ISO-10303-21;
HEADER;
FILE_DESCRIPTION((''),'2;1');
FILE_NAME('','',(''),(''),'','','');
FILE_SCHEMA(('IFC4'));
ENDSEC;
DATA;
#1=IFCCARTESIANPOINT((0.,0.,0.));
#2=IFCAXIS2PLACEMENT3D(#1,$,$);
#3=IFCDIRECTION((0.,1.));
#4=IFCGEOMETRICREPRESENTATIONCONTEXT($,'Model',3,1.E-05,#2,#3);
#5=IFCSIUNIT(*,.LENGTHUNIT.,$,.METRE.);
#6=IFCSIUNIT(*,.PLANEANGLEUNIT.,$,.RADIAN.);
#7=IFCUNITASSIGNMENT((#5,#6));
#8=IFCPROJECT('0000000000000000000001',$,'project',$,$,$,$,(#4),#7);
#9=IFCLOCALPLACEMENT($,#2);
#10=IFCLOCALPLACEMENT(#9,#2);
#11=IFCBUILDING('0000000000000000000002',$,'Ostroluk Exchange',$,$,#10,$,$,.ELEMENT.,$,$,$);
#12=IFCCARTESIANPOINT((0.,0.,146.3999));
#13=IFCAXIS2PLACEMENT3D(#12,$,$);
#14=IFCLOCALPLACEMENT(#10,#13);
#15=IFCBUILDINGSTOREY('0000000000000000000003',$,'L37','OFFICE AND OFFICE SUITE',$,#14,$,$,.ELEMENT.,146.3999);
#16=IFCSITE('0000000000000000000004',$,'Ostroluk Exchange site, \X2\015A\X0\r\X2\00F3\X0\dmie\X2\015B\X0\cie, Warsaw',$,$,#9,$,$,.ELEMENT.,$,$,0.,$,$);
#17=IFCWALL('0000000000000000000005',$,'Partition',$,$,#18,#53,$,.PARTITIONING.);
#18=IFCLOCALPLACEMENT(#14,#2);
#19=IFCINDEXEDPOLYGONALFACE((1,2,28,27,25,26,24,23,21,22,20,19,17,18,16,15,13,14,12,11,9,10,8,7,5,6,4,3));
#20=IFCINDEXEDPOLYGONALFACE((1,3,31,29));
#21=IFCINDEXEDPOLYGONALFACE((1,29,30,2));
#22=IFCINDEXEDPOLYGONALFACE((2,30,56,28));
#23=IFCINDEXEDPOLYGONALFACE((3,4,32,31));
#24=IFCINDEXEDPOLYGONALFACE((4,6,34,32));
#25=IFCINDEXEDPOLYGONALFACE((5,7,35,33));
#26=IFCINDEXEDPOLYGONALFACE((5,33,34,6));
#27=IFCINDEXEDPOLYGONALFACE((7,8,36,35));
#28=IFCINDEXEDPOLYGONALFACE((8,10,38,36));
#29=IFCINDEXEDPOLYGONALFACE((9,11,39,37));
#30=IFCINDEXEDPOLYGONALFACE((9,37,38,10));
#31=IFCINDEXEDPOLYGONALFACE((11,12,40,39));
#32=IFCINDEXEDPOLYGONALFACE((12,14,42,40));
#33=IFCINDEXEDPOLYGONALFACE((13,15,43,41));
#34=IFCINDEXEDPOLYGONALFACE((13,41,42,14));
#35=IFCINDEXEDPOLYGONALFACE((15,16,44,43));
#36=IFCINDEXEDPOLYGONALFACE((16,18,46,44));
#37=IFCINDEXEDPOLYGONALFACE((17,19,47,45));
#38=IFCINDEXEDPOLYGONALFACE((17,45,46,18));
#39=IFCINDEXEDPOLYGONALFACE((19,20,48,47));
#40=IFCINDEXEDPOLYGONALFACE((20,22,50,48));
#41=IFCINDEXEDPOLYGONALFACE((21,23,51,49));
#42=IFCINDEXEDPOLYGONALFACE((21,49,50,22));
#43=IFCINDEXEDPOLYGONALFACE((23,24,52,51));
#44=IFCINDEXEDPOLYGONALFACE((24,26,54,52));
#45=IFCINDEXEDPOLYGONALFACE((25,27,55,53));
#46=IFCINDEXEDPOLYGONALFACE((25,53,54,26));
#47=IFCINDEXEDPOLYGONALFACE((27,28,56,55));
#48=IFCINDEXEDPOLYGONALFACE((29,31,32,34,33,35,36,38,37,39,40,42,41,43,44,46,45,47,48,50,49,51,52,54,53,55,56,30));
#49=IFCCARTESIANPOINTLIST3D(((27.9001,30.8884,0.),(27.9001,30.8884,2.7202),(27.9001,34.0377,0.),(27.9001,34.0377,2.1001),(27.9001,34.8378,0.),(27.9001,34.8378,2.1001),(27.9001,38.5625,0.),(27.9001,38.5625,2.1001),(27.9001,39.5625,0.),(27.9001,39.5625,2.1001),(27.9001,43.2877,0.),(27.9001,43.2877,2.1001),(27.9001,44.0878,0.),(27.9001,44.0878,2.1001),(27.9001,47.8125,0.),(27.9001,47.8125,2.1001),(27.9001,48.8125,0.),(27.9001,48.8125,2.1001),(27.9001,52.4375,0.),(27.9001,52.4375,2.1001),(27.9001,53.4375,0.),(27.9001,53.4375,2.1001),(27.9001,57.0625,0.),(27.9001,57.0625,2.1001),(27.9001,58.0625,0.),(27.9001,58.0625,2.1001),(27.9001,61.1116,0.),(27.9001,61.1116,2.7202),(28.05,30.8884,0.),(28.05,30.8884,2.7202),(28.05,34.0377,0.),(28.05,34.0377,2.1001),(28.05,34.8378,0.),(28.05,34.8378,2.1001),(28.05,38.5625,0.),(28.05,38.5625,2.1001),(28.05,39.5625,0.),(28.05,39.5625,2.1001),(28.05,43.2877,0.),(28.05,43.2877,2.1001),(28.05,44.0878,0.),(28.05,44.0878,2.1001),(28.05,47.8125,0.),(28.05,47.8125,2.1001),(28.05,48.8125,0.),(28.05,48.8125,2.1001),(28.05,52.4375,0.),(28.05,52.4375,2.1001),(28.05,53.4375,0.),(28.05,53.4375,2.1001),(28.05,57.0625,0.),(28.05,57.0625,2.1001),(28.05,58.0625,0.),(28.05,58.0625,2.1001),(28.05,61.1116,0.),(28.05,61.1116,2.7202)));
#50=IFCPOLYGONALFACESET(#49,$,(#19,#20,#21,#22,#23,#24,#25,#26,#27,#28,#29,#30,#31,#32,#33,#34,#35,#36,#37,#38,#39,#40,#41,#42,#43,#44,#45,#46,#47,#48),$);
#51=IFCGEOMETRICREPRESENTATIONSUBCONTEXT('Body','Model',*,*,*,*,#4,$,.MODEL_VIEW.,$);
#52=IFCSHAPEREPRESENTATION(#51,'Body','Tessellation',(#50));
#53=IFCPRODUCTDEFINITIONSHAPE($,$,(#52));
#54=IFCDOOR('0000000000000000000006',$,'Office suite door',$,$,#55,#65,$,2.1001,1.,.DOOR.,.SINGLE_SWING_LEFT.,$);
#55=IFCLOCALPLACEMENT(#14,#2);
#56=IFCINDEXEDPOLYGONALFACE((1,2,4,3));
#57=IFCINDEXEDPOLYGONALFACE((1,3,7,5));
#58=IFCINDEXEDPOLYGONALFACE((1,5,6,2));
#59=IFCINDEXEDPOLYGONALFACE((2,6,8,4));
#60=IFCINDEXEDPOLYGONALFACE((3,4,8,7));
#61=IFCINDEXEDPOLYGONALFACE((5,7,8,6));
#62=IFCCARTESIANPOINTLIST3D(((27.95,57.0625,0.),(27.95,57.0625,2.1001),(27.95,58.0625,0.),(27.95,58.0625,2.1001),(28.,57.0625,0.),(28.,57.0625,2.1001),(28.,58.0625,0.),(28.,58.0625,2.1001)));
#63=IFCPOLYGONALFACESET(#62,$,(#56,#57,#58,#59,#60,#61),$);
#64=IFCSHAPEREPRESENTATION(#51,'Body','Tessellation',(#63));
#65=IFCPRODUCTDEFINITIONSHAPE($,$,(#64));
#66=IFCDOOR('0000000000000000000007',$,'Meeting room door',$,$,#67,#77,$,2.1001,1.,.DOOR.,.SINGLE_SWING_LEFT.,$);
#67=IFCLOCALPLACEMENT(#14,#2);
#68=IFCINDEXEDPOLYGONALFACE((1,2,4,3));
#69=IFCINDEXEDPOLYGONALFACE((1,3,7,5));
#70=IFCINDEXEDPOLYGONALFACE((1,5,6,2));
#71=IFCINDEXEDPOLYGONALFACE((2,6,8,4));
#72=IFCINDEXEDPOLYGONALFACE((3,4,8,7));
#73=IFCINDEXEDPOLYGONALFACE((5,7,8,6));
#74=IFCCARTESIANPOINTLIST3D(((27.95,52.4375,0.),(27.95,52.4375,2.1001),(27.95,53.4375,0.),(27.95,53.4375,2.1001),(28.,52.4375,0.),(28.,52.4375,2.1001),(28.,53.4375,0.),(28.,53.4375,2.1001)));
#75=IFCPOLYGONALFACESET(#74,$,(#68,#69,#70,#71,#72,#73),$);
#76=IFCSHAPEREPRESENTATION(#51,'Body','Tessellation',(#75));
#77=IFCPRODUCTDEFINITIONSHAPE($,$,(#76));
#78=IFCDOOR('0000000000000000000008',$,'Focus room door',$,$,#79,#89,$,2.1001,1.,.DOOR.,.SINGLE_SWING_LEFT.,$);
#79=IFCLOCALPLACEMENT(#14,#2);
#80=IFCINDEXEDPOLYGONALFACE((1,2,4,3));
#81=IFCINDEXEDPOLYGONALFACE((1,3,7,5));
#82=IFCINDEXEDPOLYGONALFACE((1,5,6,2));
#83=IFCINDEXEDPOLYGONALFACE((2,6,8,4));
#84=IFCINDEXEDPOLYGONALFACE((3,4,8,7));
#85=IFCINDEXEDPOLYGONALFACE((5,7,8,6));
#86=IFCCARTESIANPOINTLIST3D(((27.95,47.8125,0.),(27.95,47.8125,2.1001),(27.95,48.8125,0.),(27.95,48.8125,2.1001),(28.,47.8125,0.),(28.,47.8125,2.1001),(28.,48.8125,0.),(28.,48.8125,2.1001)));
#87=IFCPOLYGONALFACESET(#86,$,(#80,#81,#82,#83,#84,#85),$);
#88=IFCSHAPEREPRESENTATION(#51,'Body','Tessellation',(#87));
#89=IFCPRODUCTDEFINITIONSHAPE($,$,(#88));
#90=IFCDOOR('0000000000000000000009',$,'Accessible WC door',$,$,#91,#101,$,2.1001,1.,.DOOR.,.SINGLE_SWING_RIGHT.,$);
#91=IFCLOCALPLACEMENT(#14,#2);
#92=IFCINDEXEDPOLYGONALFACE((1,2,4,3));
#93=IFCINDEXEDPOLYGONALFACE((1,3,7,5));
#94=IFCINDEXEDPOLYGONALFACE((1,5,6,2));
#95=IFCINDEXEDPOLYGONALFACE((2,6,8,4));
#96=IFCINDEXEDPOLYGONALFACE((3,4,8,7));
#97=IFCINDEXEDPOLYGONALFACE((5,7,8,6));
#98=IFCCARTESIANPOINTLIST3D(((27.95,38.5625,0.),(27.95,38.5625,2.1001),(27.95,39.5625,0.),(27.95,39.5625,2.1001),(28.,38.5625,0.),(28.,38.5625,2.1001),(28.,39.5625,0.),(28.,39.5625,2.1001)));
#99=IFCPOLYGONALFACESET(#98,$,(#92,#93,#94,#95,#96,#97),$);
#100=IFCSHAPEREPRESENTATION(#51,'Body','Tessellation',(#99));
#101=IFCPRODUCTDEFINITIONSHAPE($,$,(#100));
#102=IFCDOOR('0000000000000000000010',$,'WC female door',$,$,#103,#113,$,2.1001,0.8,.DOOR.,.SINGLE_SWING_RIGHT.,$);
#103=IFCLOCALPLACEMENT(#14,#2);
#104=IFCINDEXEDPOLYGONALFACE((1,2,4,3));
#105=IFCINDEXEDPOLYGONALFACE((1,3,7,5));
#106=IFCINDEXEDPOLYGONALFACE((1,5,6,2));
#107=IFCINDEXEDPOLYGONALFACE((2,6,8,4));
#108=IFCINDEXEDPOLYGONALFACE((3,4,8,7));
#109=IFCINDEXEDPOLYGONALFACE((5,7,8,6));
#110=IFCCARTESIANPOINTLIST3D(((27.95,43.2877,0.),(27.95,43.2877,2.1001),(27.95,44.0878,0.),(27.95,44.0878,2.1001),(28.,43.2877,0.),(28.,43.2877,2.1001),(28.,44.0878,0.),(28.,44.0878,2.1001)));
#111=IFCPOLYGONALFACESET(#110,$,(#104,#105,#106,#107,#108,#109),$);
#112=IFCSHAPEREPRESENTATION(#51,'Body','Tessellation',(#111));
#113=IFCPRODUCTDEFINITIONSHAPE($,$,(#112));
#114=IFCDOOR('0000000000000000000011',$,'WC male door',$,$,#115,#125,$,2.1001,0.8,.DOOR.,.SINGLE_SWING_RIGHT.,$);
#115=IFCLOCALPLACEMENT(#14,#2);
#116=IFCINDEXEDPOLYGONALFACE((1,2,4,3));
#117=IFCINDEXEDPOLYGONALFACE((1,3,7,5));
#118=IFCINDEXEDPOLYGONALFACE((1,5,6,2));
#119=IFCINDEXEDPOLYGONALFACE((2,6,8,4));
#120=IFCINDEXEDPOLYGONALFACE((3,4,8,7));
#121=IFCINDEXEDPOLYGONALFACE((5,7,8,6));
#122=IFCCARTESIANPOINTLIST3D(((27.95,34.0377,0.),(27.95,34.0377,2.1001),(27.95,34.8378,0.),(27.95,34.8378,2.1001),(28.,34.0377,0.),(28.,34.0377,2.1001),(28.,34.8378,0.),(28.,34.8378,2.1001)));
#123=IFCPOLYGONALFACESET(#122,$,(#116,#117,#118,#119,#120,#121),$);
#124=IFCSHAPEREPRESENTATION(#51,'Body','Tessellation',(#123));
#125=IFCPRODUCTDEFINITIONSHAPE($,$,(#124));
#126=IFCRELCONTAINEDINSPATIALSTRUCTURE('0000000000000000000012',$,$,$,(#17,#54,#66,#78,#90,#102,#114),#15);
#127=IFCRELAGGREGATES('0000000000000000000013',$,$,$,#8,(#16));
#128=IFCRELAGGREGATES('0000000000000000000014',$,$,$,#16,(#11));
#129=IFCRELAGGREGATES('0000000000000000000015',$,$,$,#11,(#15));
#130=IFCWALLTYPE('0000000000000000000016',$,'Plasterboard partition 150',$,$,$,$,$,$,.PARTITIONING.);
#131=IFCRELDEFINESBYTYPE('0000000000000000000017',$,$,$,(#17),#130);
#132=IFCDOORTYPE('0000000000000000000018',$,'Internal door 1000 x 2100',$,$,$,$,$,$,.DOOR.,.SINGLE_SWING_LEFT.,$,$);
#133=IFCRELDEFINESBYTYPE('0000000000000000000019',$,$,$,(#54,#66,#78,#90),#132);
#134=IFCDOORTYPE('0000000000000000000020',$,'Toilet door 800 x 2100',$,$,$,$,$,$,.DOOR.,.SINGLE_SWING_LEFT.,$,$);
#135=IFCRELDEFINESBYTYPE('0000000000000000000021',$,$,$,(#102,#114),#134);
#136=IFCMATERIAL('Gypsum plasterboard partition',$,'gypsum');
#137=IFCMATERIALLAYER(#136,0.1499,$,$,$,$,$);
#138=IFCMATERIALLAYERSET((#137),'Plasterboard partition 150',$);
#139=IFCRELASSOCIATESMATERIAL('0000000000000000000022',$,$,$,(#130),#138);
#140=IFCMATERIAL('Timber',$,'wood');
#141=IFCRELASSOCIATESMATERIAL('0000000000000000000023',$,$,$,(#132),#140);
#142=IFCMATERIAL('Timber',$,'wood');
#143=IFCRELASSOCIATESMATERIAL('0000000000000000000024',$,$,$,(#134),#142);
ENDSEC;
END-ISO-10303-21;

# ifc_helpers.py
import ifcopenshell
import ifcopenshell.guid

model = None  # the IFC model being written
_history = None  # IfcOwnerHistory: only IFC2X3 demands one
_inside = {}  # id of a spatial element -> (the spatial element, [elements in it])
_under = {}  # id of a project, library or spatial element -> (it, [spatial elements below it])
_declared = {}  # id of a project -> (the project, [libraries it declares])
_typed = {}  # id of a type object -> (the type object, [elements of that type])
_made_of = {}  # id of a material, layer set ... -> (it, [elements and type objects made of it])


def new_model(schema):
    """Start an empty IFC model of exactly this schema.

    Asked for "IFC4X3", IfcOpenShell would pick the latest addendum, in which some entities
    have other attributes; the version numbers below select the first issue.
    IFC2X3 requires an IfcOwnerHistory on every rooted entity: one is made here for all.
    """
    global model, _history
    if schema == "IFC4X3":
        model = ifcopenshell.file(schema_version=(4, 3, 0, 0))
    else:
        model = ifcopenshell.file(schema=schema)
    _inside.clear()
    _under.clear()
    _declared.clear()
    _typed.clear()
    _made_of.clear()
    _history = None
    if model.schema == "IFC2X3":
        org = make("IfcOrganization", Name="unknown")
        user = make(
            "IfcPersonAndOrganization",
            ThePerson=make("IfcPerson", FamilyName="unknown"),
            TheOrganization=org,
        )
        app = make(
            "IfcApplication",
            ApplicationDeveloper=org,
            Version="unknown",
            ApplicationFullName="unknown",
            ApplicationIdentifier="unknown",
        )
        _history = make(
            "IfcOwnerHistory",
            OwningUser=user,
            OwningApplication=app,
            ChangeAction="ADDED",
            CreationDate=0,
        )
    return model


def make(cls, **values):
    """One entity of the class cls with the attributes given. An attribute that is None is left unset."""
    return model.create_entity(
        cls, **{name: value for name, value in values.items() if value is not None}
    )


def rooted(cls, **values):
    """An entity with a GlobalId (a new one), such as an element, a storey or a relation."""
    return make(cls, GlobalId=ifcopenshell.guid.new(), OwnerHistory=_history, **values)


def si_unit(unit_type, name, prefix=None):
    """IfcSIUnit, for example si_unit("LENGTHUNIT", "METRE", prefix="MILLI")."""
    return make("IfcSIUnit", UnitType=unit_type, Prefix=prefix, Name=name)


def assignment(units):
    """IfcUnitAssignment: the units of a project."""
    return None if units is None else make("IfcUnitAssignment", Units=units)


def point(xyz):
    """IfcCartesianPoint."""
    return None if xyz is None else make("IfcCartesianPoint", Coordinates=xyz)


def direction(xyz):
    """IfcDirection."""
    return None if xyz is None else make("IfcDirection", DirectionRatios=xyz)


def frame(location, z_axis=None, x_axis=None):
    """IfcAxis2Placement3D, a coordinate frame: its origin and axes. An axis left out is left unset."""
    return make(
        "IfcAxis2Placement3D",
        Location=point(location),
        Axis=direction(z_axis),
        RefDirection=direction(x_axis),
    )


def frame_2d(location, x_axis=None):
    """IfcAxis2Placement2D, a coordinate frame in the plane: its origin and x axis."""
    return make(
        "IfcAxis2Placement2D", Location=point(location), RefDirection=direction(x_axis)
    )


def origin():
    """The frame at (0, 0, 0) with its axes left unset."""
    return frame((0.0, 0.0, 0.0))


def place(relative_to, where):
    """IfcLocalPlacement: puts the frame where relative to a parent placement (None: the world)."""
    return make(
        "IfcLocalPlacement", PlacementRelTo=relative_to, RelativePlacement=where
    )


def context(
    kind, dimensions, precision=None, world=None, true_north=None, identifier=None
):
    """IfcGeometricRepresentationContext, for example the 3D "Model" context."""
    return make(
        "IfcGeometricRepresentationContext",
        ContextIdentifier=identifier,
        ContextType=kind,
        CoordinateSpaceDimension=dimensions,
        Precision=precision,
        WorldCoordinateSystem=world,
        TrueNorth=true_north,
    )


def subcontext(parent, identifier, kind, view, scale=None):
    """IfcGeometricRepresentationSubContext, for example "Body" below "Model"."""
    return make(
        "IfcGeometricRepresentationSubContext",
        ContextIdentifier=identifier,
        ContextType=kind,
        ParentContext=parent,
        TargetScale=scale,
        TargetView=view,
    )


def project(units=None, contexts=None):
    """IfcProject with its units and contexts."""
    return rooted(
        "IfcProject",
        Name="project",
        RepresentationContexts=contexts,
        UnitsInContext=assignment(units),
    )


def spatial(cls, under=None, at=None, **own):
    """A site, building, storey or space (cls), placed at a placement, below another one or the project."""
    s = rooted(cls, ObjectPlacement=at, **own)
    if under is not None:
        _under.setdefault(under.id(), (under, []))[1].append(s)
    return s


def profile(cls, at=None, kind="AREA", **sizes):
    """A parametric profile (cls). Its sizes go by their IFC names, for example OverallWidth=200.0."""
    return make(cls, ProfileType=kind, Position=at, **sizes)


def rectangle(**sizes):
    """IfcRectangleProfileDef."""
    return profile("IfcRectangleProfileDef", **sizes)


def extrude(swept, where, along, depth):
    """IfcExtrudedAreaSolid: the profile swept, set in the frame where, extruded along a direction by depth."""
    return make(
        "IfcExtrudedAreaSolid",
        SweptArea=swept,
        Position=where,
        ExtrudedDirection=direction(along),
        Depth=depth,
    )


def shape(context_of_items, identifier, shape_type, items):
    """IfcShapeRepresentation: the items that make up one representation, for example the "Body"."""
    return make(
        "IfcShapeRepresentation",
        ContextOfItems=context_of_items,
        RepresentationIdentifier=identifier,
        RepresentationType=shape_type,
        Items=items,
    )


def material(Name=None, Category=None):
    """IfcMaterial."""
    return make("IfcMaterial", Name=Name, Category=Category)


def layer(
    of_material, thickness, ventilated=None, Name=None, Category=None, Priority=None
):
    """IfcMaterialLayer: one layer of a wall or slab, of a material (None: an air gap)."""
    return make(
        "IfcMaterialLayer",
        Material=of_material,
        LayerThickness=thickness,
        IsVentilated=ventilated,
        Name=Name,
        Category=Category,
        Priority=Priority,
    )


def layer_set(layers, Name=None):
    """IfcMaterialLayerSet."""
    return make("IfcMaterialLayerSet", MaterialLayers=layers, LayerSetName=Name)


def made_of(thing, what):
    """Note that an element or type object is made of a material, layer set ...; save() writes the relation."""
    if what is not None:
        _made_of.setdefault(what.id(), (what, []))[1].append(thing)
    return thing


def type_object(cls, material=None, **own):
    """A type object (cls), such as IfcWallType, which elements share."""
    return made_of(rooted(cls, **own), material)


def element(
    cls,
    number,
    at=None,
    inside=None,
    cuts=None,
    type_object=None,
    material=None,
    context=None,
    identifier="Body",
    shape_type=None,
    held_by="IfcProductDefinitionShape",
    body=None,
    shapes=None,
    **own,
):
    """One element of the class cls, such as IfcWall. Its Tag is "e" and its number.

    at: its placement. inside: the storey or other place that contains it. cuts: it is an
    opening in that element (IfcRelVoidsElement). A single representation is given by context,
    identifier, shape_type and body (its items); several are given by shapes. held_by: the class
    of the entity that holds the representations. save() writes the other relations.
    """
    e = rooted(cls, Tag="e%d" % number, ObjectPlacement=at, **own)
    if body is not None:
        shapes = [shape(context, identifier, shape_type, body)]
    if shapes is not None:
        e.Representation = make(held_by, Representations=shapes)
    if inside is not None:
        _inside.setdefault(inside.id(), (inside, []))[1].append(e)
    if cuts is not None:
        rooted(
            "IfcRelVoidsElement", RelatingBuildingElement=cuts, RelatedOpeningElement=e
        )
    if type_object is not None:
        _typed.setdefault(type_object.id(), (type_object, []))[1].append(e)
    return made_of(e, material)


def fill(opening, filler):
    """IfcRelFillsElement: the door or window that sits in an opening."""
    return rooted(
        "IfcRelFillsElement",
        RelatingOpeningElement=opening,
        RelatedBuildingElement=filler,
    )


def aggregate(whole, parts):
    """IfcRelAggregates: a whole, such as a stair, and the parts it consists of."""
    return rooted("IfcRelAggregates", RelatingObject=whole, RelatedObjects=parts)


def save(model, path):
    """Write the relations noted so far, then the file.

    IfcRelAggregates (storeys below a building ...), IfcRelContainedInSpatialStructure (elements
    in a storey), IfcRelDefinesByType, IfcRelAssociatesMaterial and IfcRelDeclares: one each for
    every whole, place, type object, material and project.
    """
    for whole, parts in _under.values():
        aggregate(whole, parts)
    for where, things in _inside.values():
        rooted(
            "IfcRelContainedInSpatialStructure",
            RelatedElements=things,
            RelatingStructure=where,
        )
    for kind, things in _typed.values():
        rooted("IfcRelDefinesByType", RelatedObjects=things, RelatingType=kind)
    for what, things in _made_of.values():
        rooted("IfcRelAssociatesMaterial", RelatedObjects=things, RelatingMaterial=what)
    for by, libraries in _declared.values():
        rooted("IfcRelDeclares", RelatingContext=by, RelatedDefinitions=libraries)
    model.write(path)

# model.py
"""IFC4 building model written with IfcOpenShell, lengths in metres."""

from ifc_helpers import new_model, si_unit, direction, frame, frame_2d, origin, place, context, subcontext, project, spatial, rectangle, extrude, material, layer, layer_set, type_object, element, fill, save


model = new_model("IFC4")

# Units and contexts
model_context = context("Model", 3, precision=1e-05, world=origin(), true_north=direction((0.0, 1.0)))
body_context = subcontext(model_context, "Body", "Model", "MODEL_VIEW")
ifc_project = project(units=[si_unit("LENGTHUNIT", "METRE"), si_unit("PLANEANGLEUNIT", "RADIAN")], contexts=[model_context])

# Site, building, storey
site_placement = place(None, origin())
site = spatial("IfcSite", under=ifc_project, at=site_placement, Name="Ostroluk Exchange site, Śródmieście, Warsaw", CompositionType="ELEMENT", RefElevation=0.0)
building_placement = place(site_placement, origin())
building = spatial("IfcBuilding", under=site, at=building_placement, Name="Ostroluk Exchange", CompositionType="ELEMENT")
storey_placement = place(building_placement, frame((0.0, 0.0, 146.3999)))
storey = spatial("IfcBuildingStorey", under=building, at=storey_placement, Name="L37", Description="OFFICE AND OFFICE SUITE", CompositionType="ELEMENT", Elevation=146.3999)

# Shared definitions
ifc_material_1 = material(Name="Gypsum plasterboard partition", Category="gypsum")
ifc_layer_1 = layer(ifc_material_1, 0.1499)
ifc_layer_set_1 = layer_set([ifc_layer_1], Name="Plasterboard partition 150")
wall_type_1 = type_object("IfcWallType", Name="Plasterboard partition 150", PredefinedType="PARTITIONING", material=ifc_layer_set_1)

# Wall, openings, doors
wall_1_placement = place(storey_placement, frame((27.9751, 61.1116, 0.0), z_axis=(0.0, 0.0, 1.0), x_axis=(0.0, -1.0, 0.0)))
wall_1 = element("IfcWall", 1, at=wall_1_placement, inside=storey, type_object=wall_type_1, Name="Partition", PredefinedType="PARTITIONING", context=body_context, shape_type="SweptSolid", body=[
    extrude(rectangle(XDim=30.2231, YDim=0.1499, at=frame_2d((15.1116, 0.0))), origin(), (0.0, 0.0, 1.0), 2.7202),
])
opening_1_placement = place(wall_1_placement, frame((3.0491, 0.0, 0.0)))
opening_1 = element("IfcOpeningElement", 2, at=opening_1_placement, cuts=wall_1, PredefinedType="OPENING", context=body_context, shape_type="SweptSolid", body=[
    extrude(rectangle(XDim=1.0, YDim=2.1001, at=frame_2d((0.5, 1.05))), frame((0.0, 0.085, 0.0), z_axis=(0.0, -1.0, 0.0), x_axis=(1.0, 0.0, 0.0)), (0.0, 0.0, 1.0), 0.1699),
])
opening_2_placement = place(wall_1_placement, frame((7.6741, 0.0, 0.0)))
opening_2 = element("IfcOpeningElement", 3, at=opening_2_placement, cuts=wall_1, PredefinedType="OPENING", context=body_context, shape_type="SweptSolid", body=[
    extrude(rectangle(XDim=1.0, YDim=2.1001, at=frame_2d((0.5, 1.05))), frame((0.0, 0.085, 0.0), z_axis=(0.0, -1.0, 0.0), x_axis=(1.0, 0.0, 0.0)), (0.0, 0.0, 1.0), 0.1699),
])
opening_3_placement = place(wall_1_placement, frame((12.2991, 0.0, 0.0)))
opening_3 = element("IfcOpeningElement", 4, at=opening_3_placement, cuts=wall_1, PredefinedType="OPENING", context=body_context, shape_type="SweptSolid", body=[
    extrude(rectangle(XDim=1.0, YDim=2.1001, at=frame_2d((0.5, 1.05))), frame((0.0, 0.085, 0.0), z_axis=(0.0, -1.0, 0.0), x_axis=(1.0, 0.0, 0.0)), (0.0, 0.0, 1.0), 0.1699),
])
opening_4_placement = place(wall_1_placement, frame((17.0239, 0.0, 0.0)))
opening_4 = element("IfcOpeningElement", 5, at=opening_4_placement, cuts=wall_1, PredefinedType="OPENING", context=body_context, shape_type="SweptSolid", body=[
    extrude(rectangle(XDim=0.8, YDim=2.1001, at=frame_2d((0.3999, 1.05))), frame((0.0, 0.085, 0.0), z_axis=(0.0, -1.0, 0.0), x_axis=(1.0, 0.0, 0.0)), (0.0, 0.0, 1.0), 0.1699),
])
opening_5_placement = place(wall_1_placement, frame((21.5491, 0.0, 0.0)))
opening_5 = element("IfcOpeningElement", 6, at=opening_5_placement, cuts=wall_1, PredefinedType="OPENING", context=body_context, shape_type="SweptSolid", body=[
    extrude(rectangle(XDim=1.0, YDim=2.1001, at=frame_2d((0.5, 1.05))), frame((0.0, 0.085, 0.0), z_axis=(0.0, -1.0, 0.0), x_axis=(1.0, 0.0, 0.0)), (0.0, 0.0, 1.0), 0.1699),
])
opening_6_placement = place(wall_1_placement, frame((26.2739, 0.0, 0.0)))
opening_6 = element("IfcOpeningElement", 7, at=opening_6_placement, cuts=wall_1, PredefinedType="OPENING", context=body_context, shape_type="SweptSolid", body=[
    extrude(rectangle(XDim=0.8, YDim=2.1001, at=frame_2d((0.3999, 1.05))), frame((0.0, 0.085, 0.0), z_axis=(0.0, -1.0, 0.0), x_axis=(1.0, 0.0, 0.0)), (0.0, 0.0, 1.0), 0.1699),
])
ifc_material_2 = material(Name="Timber", Category="wood")
door_type_1 = type_object("IfcDoorType", Name="Internal door 1000 x 2100", OperationType="SINGLE_SWING_LEFT", PredefinedType="DOOR", material=ifc_material_2)
door_1_placement = place(opening_1_placement, origin())
door_1 = element("IfcDoor", 8, at=door_1_placement, inside=storey, type_object=door_type_1, Name="Office suite door", OperationType="SINGLE_SWING_LEFT", OverallHeight=2.1001, OverallWidth=1.0, PredefinedType="DOOR", context=body_context, shape_type="SweptSolid", body=[
    extrude(rectangle(XDim=1.0, YDim=2.1001, at=frame_2d((0.5, 1.05))), frame((0.0, 0.0249, 0.0), z_axis=(0.0, -1.0, 0.0), x_axis=(1.0, 0.0, 0.0)), (0.0, 0.0, 1.0), 0.05),
])
fill(opening_1, door_1)
door_2_placement = place(opening_2_placement, origin())
door_2 = element("IfcDoor", 9, at=door_2_placement, inside=storey, type_object=door_type_1, Name="Meeting room door", OperationType="SINGLE_SWING_LEFT", OverallHeight=2.1001, OverallWidth=1.0, PredefinedType="DOOR", context=body_context, shape_type="SweptSolid", body=[
    extrude(rectangle(XDim=1.0, YDim=2.1001, at=frame_2d((0.5, 1.05))), frame((0.0, 0.0249, 0.0), z_axis=(0.0, -1.0, 0.0), x_axis=(1.0, 0.0, 0.0)), (0.0, 0.0, 1.0), 0.05),
])
fill(opening_2, door_2)
door_3_placement = place(opening_3_placement, origin())
door_3 = element("IfcDoor", 10, at=door_3_placement, inside=storey, type_object=door_type_1, Name="Focus room door", OperationType="SINGLE_SWING_LEFT", OverallHeight=2.1001, OverallWidth=1.0, PredefinedType="DOOR", context=body_context, shape_type="SweptSolid", body=[
    extrude(rectangle(XDim=1.0, YDim=2.1001, at=frame_2d((0.5, 1.05))), frame((0.0, 0.0249, 0.0), z_axis=(0.0, -1.0, 0.0), x_axis=(1.0, 0.0, 0.0)), (0.0, 0.0, 1.0), 0.05),
])
fill(opening_3, door_3)
door_4_placement = place(opening_5_placement, origin())
door_4 = element("IfcDoor", 11, at=door_4_placement, inside=storey, type_object=door_type_1, Name="Accessible WC door", OperationType="SINGLE_SWING_RIGHT", OverallHeight=2.1001, OverallWidth=1.0, PredefinedType="DOOR", context=body_context, shape_type="SweptSolid", body=[
    extrude(rectangle(XDim=1.0, YDim=2.1001, at=frame_2d((0.5, 1.05))), frame((0.0, 0.0249, 0.0), z_axis=(0.0, -1.0, 0.0), x_axis=(1.0, 0.0, 0.0)), (0.0, 0.0, 1.0), 0.05),
])
fill(opening_5, door_4)
ifc_material_3 = material(Name="Timber", Category="wood")
door_type_2 = type_object("IfcDoorType", Name="Toilet door 800 x 2100", OperationType="SINGLE_SWING_LEFT", PredefinedType="DOOR", material=ifc_material_3)
door_5_placement = place(opening_4_placement, origin())
door_5 = element("IfcDoor", 12, at=door_5_placement, inside=storey, type_object=door_type_2, Name="WC female door", OperationType="SINGLE_SWING_RIGHT", OverallHeight=2.1001, OverallWidth=0.8, PredefinedType="DOOR", context=body_context, shape_type="SweptSolid", body=[
    extrude(rectangle(XDim=0.8, YDim=2.1001, at=frame_2d((0.3999, 1.05))), frame((0.0, 0.0249, 0.0), z_axis=(0.0, -1.0, 0.0), x_axis=(1.0, 0.0, 0.0)), (0.0, 0.0, 1.0), 0.05),
])
fill(opening_4, door_5)
door_6_placement = place(opening_6_placement, origin())
door_6 = element("IfcDoor", 13, at=door_6_placement, inside=storey, type_object=door_type_2, Name="WC male door", OperationType="SINGLE_SWING_RIGHT", OverallHeight=2.1001, OverallWidth=0.8, PredefinedType="DOOR", context=body_context, shape_type="SweptSolid", body=[
    extrude(rectangle(XDim=0.8, YDim=2.1001, at=frame_2d((0.3999, 1.05))), frame((0.0, 0.0249, 0.0), z_axis=(0.0, -1.0, 0.0), x_axis=(1.0, 0.0, 0.0)), (0.0, 0.0, 1.0), 0.05),
])
fill(opening_6, door_6)

save(model, "model.ifc")
